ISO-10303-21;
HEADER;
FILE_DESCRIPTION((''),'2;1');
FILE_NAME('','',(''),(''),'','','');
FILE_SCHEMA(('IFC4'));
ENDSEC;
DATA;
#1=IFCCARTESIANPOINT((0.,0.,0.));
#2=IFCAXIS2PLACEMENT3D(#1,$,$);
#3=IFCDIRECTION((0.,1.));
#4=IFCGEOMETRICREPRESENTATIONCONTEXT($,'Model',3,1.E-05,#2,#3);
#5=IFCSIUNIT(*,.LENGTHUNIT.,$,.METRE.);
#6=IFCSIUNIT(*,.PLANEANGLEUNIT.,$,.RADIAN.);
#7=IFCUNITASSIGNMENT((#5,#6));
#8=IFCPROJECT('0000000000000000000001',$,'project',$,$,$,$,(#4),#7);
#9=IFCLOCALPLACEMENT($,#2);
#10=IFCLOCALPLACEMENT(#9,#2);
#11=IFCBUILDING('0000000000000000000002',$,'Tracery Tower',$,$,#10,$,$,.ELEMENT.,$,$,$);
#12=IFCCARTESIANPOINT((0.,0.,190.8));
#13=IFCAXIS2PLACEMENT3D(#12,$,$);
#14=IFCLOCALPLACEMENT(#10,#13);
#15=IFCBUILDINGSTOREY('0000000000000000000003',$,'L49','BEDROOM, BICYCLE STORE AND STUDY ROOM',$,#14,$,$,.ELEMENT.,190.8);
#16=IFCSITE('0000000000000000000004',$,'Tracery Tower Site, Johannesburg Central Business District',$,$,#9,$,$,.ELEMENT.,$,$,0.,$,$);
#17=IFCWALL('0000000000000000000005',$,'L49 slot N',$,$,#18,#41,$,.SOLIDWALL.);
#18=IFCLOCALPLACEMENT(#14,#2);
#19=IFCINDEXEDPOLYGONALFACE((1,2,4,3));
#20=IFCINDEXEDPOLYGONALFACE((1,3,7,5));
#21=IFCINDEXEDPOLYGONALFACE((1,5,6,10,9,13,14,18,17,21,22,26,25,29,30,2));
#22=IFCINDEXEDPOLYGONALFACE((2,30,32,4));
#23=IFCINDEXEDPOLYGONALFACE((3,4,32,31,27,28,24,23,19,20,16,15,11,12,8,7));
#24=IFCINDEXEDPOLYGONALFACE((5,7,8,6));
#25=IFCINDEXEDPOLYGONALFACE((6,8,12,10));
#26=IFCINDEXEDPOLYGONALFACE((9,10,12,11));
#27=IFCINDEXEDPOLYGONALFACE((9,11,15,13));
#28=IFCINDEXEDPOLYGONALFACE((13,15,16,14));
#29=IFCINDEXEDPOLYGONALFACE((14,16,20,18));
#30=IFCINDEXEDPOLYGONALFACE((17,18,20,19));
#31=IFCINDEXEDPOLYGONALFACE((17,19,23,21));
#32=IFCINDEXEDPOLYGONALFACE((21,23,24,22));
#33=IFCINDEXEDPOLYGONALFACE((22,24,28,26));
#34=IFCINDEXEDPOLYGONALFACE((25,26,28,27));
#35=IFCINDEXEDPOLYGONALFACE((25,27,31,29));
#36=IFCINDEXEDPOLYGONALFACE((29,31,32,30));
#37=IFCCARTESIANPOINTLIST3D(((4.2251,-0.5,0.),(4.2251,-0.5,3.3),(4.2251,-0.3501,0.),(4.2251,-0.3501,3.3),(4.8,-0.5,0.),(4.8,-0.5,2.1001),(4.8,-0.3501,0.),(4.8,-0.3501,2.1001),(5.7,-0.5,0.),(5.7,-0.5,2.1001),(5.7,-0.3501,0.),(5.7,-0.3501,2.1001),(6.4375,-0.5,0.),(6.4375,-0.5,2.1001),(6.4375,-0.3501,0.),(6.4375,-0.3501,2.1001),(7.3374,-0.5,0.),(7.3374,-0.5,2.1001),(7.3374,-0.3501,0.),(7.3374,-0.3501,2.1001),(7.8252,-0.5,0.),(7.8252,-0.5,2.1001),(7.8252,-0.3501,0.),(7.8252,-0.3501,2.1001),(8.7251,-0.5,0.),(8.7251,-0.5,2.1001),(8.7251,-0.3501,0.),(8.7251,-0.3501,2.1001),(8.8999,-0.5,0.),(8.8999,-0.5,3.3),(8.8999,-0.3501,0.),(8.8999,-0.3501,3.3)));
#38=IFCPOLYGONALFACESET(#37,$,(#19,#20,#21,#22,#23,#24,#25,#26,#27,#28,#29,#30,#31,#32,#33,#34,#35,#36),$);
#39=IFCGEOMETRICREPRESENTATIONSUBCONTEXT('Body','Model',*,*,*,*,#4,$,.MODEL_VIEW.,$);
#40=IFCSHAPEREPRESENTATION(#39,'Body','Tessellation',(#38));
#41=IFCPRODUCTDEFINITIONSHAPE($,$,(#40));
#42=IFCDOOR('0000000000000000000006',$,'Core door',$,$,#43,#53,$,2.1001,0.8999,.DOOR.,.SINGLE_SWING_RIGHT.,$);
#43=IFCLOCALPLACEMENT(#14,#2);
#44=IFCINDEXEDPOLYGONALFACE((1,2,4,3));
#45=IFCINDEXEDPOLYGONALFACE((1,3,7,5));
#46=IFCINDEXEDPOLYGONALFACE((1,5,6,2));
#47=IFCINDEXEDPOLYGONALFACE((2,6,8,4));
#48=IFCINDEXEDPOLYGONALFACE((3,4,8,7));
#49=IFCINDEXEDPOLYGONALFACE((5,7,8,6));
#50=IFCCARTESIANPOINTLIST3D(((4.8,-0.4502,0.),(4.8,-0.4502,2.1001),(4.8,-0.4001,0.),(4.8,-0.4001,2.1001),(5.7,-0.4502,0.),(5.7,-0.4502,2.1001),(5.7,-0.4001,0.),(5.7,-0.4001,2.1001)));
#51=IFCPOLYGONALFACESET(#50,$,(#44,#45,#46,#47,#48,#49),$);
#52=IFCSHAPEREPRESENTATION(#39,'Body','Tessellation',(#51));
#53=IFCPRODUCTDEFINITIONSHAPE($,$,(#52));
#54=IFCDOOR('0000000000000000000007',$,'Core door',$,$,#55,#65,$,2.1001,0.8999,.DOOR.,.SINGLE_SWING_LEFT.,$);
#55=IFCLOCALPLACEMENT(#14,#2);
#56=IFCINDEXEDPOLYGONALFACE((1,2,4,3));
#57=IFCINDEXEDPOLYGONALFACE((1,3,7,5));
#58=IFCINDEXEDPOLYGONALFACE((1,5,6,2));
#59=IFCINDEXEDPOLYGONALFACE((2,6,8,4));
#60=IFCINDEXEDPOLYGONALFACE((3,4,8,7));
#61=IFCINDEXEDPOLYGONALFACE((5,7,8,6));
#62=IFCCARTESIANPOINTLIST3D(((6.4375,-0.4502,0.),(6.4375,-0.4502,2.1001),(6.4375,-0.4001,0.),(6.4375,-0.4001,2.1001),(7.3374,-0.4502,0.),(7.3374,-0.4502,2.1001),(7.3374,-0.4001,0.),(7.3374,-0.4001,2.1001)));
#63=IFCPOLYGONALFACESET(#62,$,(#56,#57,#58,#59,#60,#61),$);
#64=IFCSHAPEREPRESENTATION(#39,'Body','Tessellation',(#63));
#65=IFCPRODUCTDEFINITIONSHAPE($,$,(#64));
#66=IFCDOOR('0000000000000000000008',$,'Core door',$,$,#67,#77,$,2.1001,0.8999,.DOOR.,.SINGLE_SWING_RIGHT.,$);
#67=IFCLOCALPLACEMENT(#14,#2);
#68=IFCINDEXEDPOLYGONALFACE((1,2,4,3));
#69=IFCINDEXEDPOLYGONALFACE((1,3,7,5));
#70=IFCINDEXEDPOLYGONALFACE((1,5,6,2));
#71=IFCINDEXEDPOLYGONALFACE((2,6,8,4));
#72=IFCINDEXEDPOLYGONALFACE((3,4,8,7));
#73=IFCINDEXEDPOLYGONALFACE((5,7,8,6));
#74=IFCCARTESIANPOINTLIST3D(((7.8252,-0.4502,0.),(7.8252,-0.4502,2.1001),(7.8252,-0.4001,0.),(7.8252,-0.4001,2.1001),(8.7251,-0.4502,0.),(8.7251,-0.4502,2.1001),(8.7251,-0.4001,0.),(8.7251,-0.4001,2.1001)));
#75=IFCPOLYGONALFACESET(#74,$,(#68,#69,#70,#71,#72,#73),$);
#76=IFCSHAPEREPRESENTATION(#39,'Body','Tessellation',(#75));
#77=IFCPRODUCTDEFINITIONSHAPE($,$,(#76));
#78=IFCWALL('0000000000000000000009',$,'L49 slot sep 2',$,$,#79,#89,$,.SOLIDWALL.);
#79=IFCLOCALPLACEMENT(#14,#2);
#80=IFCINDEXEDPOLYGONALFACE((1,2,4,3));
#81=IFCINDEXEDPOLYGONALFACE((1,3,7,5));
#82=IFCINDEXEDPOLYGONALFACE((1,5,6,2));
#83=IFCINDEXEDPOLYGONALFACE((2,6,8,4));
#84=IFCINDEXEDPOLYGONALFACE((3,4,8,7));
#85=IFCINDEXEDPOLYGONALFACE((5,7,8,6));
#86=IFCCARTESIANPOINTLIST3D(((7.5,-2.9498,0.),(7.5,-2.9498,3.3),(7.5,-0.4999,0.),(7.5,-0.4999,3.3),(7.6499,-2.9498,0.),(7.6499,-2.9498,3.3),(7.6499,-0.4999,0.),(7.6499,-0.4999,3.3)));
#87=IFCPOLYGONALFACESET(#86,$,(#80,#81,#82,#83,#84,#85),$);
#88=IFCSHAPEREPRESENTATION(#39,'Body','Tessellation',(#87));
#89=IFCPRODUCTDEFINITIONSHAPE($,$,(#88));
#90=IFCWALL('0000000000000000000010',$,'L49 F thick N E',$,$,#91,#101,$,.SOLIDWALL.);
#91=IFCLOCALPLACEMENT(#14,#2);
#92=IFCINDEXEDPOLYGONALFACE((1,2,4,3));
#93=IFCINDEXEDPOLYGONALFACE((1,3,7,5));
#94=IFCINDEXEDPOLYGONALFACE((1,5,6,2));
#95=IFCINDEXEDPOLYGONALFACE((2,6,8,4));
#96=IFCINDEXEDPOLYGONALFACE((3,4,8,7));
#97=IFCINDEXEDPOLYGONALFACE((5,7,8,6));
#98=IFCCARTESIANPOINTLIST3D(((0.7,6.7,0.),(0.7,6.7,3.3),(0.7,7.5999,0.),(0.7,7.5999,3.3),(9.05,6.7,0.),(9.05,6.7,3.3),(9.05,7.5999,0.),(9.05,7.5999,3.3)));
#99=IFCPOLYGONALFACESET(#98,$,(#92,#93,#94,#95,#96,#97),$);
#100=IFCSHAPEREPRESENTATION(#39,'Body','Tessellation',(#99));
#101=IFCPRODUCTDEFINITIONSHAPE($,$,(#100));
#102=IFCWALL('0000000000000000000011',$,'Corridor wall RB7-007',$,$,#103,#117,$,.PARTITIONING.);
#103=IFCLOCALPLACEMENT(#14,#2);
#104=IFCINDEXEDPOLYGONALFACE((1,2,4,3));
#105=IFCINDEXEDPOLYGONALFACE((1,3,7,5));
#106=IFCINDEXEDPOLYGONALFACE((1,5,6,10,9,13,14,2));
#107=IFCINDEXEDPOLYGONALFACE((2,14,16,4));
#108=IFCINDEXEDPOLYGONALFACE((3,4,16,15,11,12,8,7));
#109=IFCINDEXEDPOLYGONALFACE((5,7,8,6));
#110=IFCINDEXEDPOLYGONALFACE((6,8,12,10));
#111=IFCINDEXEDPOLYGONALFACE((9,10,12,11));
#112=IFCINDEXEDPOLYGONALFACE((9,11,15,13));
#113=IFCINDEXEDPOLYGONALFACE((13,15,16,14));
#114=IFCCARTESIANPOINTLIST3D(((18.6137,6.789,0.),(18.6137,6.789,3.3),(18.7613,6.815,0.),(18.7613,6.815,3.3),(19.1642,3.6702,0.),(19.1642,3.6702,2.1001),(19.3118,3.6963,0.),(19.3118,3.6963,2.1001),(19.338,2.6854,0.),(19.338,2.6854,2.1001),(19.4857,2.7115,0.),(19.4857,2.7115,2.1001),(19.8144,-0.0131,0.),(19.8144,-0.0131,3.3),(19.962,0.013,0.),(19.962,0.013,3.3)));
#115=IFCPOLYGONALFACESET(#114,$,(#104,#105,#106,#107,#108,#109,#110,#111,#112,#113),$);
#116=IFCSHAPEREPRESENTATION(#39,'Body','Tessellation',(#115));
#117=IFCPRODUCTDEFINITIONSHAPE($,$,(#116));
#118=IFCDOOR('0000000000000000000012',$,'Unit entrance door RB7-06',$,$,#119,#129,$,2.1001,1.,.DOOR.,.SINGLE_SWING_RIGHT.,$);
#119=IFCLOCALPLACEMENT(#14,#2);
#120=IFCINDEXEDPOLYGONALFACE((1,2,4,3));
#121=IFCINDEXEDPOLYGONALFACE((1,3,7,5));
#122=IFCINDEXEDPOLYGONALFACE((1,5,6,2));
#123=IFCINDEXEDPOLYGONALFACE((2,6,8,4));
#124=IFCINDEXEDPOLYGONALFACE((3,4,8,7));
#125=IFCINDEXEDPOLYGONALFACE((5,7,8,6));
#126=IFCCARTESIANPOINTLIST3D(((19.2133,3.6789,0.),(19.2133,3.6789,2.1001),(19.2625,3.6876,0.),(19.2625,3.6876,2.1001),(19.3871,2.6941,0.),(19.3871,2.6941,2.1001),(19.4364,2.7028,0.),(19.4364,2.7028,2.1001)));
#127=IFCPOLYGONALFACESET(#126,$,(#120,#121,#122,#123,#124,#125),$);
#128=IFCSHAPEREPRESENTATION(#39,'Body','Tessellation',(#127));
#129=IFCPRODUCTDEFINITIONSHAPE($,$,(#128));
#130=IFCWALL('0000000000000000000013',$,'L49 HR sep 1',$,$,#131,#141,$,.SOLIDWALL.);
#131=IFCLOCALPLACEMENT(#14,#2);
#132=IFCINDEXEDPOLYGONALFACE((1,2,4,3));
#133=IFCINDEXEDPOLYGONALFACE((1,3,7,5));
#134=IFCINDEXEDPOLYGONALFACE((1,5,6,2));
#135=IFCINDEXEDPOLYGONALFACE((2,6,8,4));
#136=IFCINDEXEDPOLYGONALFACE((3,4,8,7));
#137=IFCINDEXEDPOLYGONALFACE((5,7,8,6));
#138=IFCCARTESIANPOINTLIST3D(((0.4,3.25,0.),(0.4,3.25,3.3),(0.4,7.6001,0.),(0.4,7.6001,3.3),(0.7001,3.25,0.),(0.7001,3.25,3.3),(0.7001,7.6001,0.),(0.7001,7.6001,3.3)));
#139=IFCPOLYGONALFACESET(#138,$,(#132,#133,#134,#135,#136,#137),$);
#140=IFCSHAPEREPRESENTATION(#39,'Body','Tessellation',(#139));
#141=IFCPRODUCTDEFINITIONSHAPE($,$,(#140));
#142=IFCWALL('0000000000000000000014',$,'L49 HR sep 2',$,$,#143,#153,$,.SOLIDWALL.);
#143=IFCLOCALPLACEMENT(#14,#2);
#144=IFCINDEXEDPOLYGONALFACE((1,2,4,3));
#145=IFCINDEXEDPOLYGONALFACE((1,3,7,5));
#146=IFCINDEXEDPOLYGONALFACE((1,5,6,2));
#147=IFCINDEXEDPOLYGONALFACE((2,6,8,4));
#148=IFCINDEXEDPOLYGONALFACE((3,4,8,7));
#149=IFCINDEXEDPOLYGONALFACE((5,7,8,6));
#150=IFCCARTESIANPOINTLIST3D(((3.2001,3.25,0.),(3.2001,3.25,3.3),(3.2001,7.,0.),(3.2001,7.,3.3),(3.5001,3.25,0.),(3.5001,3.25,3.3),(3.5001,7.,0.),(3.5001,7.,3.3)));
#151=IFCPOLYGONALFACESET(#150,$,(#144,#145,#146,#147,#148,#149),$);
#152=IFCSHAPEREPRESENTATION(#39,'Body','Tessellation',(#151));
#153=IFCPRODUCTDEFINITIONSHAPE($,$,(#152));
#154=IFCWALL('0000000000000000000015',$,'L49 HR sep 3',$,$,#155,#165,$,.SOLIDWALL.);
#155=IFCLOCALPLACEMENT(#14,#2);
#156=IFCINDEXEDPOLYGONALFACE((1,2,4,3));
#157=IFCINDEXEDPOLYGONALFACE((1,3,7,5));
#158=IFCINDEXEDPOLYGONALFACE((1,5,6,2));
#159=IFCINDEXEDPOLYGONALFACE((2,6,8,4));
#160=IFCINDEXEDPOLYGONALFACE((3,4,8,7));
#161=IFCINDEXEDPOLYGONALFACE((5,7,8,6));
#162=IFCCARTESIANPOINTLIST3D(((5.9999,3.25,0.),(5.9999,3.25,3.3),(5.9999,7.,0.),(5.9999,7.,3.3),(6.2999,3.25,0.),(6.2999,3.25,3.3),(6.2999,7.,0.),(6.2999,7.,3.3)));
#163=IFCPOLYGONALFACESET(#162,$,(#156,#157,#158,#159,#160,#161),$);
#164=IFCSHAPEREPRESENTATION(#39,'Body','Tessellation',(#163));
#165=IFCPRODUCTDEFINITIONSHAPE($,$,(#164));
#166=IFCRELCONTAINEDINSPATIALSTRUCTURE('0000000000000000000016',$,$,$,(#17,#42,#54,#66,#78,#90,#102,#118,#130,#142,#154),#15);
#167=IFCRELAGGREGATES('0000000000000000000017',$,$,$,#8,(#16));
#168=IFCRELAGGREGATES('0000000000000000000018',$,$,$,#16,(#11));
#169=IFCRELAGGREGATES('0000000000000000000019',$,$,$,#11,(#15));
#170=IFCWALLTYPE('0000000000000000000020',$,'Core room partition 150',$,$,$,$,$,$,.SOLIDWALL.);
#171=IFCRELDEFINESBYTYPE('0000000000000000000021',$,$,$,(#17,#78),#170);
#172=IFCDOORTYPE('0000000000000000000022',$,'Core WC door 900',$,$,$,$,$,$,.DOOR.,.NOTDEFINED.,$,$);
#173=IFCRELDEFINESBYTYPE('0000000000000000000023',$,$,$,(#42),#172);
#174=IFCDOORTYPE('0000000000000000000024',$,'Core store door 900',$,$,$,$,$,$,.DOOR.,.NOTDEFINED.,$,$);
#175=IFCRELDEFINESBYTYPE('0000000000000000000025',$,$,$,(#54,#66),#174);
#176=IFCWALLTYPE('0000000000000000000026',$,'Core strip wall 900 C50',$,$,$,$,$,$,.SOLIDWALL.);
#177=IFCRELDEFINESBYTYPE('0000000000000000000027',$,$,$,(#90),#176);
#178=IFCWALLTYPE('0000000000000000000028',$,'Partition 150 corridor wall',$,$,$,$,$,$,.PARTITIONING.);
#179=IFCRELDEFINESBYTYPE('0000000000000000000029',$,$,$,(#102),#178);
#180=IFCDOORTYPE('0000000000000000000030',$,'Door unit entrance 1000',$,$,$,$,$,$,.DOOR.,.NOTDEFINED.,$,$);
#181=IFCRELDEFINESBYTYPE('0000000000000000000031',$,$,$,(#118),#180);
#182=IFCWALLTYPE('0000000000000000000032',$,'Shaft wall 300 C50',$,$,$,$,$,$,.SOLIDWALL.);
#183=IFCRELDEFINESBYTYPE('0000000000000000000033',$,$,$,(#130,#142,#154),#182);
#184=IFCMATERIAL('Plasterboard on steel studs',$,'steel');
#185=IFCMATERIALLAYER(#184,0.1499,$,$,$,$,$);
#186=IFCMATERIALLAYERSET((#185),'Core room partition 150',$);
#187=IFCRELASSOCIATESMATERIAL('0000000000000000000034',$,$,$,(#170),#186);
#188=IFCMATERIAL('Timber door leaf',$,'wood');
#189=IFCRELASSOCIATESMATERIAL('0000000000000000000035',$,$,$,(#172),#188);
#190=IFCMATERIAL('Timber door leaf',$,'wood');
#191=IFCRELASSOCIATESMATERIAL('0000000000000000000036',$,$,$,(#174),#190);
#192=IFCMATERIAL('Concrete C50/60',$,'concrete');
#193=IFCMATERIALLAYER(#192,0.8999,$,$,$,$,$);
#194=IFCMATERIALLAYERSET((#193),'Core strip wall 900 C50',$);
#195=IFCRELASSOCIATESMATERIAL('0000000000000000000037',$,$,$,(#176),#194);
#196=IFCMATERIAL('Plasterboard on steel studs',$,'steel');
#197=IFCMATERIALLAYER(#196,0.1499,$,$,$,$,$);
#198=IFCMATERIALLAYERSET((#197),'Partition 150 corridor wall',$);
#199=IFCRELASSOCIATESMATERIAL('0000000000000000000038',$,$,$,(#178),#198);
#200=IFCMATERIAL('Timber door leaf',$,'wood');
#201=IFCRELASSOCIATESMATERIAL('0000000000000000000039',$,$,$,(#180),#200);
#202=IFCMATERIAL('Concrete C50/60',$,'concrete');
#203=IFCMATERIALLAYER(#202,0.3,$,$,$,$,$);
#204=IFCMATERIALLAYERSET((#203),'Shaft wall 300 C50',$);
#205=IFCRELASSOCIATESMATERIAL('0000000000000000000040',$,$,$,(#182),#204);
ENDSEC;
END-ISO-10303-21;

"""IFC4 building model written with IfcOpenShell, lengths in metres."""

from ifc_helpers import new_model, si_unit, direction, frame, frame_2d, origin, place, context, subcontext, project, spatial, rectangle, extrude, material, layer, layer_set, type_object, element, fill, save


model = new_model("IFC4")

# Units and contexts
model_context = context("Model", 3, precision=1e-05, world=origin(), true_north=direction((0.0, 1.0)))
body_context = subcontext(model_context, "Body", "Model", "MODEL_VIEW")
ifc_project = project(units=[si_unit("LENGTHUNIT", "METRE"), si_unit("PLANEANGLEUNIT", "RADIAN")], contexts=[model_context])

# Site, building, storey
site_placement = place(None, origin())
site = spatial("IfcSite", under=ifc_project, at=site_placement, Name="Tracery Tower Site, Johannesburg Central Business District", CompositionType="ELEMENT", RefElevation=0.0)
building_placement = place(site_placement, origin())
building = spatial("IfcBuilding", under=site, at=building_placement, Name="Tracery Tower", CompositionType="ELEMENT")
storey_placement = place(building_placement, frame((0.0, 0.0, 190.8)))
storey = spatial("IfcBuildingStorey", under=building, at=storey_placement, Name="L49", Description="BEDROOM, BICYCLE STORE AND STUDY ROOM", CompositionType="ELEMENT", Elevation=190.8)

# Wall, openings, doors
ifc_material_1 = material(Name="Plasterboard on steel studs", Category="steel")
ifc_layer_1 = layer(ifc_material_1, 0.1499)
ifc_layer_set_1 = layer_set([ifc_layer_1], Name="Core room partition 150")
wall_type_1 = type_object("IfcWallType", Name="Core room partition 150", PredefinedType="SOLIDWALL", material=ifc_layer_set_1)
wall_1_placement = place(storey_placement, frame((4.2251, -0.425, 0.0), z_axis=(0.0, 0.0, 1.0), x_axis=(1.0, 0.0, 0.0)))
wall_1 = element("IfcWall", 1, at=wall_1_placement, inside=storey, type_object=wall_type_1, Name="L49 slot N", PredefinedType="SOLIDWALL", context=body_context, shape_type="SweptSolid", body=[
    extrude(rectangle(XDim=4.6748, YDim=0.1499, at=frame_2d((2.3374, 0.0))), origin(), (0.0, 0.0, 1.0), 3.3),
])
opening_1_placement = place(wall_1_placement, frame((0.575, 0.0, 0.0)))
opening_1 = element("IfcOpeningElement", 2, at=opening_1_placement, cuts=wall_1, PredefinedType="OPENING", context=body_context, shape_type="SweptSolid", body=[
    extrude(rectangle(XDim=0.8999, YDim=2.1001, at=frame_2d((0.45, 1.05))), frame((0.0, 0.075, 0.0), z_axis=(0.0, -1.0, 0.0), x_axis=(1.0, 0.0, 0.0)), (0.0, 0.0, 1.0), 0.1499),
])
opening_2_placement = place(wall_1_placement, frame((2.2124, 0.0, 0.0)))
opening_2 = element("IfcOpeningElement", 3, at=opening_2_placement, cuts=wall_1, PredefinedType="OPENING", context=body_context, shape_type="SweptSolid", body=[
    extrude(rectangle(XDim=0.8999, YDim=2.1001, at=frame_2d((0.45, 1.05))), frame((0.0, 0.075, 0.0), z_axis=(0.0, -1.0, 0.0), x_axis=(1.0, 0.0, 0.0)), (0.0, 0.0, 1.0), 0.1499),
])
opening_3_placement = place(wall_1_placement, frame((3.6001, 0.0, 0.0)))
opening_3 = element("IfcOpeningElement", 4, at=opening_3_placement, cuts=wall_1, PredefinedType="OPENING", context=body_context, shape_type="SweptSolid", body=[
    extrude(rectangle(XDim=0.8999, YDim=2.1001, at=frame_2d((0.45, 1.05))), frame((0.0, 0.075, 0.0), z_axis=(0.0, -1.0, 0.0), x_axis=(1.0, 0.0, 0.0)), (0.0, 0.0, 1.0), 0.1499),
])
ifc_material_2 = material(Name="Timber door leaf", Category="wood")
door_type_1 = type_object("IfcDoorType", Name="Core WC door 900", OperationType="NOTDEFINED", PredefinedType="DOOR", material=ifc_material_2)
door_1_placement = place(opening_1_placement, origin())
door_1 = element("IfcDoor", 5, at=door_1_placement, inside=storey, type_object=door_type_1, Name="Core door", OperationType="SINGLE_SWING_RIGHT", OverallHeight=2.1001, OverallWidth=0.8999, PredefinedType="DOOR", context=body_context, shape_type="SweptSolid", body=[
    extrude(rectangle(XDim=0.8999, YDim=2.1001, at=frame_2d((0.45, 1.05))), frame((0.0, 0.0249, 0.0), z_axis=(0.0, -1.0, 0.0), x_axis=(1.0, 0.0, 0.0)), (0.0, 0.0, 1.0), 0.05),
])
fill(opening_1, door_1)
ifc_material_3 = material(Name="Timber door leaf", Category="wood")
door_type_2 = type_object("IfcDoorType", Name="Core store door 900", OperationType="NOTDEFINED", PredefinedType="DOOR", material=ifc_material_3)
door_2_placement = place(opening_2_placement, origin())
door_2 = element("IfcDoor", 6, at=door_2_placement, inside=storey, type_object=door_type_2, Name="Core door", OperationType="SINGLE_SWING_LEFT", OverallHeight=2.1001, OverallWidth=0.8999, PredefinedType="DOOR", context=body_context, shape_type="SweptSolid", body=[
    extrude(rectangle(XDim=0.8999, YDim=2.1001, at=frame_2d((0.45, 1.05))), frame((0.0, 0.0249, 0.0), z_axis=(0.0, -1.0, 0.0), x_axis=(1.0, 0.0, 0.0)), (0.0, 0.0, 1.0), 0.05),
])
fill(opening_2, door_2)
door_3_placement = place(opening_3_placement, origin())
door_3 = element("IfcDoor", 7, at=door_3_placement, inside=storey, type_object=door_type_2, Name="Core door", OperationType="SINGLE_SWING_RIGHT", OverallHeight=2.1001, OverallWidth=0.8999, PredefinedType="DOOR", context=body_context, shape_type="SweptSolid", body=[
    extrude(rectangle(XDim=0.8999, YDim=2.1001, at=frame_2d((0.45, 1.05))), frame((0.0, 0.0249, 0.0), z_axis=(0.0, -1.0, 0.0), x_axis=(1.0, 0.0, 0.0)), (0.0, 0.0, 1.0), 0.05),
])
fill(opening_3, door_3)

# Walls
wall_2_placement = place(storey_placement, frame((7.575, -2.95, 0.0), z_axis=(0.0, 0.0, 1.0), x_axis=(0.0, 1.0, 0.0)))
element("IfcWall", 8, at=wall_2_placement, inside=storey, type_object=wall_type_1, Name="L49 slot sep 2", PredefinedType="SOLIDWALL", context=body_context, shape_type="SweptSolid", body=[
    extrude(rectangle(XDim=2.45, YDim=0.1499, at=frame_2d((1.2251, 0.0))), origin(), (0.0, 0.0, 1.0), 3.3),
])
ifc_material_4 = material(Name="Concrete C50/60", Category="concrete")
ifc_layer_2 = layer(ifc_material_4, 0.8999)
ifc_layer_set_2 = layer_set([ifc_layer_2], Name="Core strip wall 900 C50")
wall_type_2 = type_object("IfcWallType", Name="Core strip wall 900 C50", PredefinedType="SOLIDWALL", material=ifc_layer_set_2)
wall_3_placement = place(storey_placement, frame((0.7, 7.1499, 0.0), z_axis=(0.0, 0.0, 1.0), x_axis=(1.0, 0.0, 0.0)))
element("IfcWall", 9, at=wall_3_placement, inside=storey, type_object=wall_type_2, Name="L49 F thick N E", PredefinedType="SOLIDWALL", context=body_context, shape_type="SweptSolid", body=[
    extrude(rectangle(XDim=8.3501, YDim=0.8999, at=frame_2d((4.175, 0.0))), origin(), (0.0, 0.0, 1.0), 3.3),
])

# Wall, opening, door
ifc_material_5 = material(Name="Plasterboard on steel studs", Category="steel")
ifc_layer_3 = layer(ifc_material_5, 0.1499)
ifc_layer_set_3 = layer_set([ifc_layer_3], Name="Partition 150 corridor wall")
wall_type_3 = type_object("IfcWallType", Name="Partition 150 corridor wall", PredefinedType="PARTITIONING", material=ifc_layer_set_3)
wall_4_placement = place(storey_placement, frame((18.6875, 6.802, 0.0), z_axis=(0.0, 0.0, 1.0), x_axis=(0.173832, -0.984775, 0.0)))
wall_4 = element("IfcWall", 10, at=wall_4_placement, inside=storey, type_object=wall_type_3, Name="Corridor wall RB7-007", PredefinedType="PARTITIONING", context=body_context, shape_type="SweptSolid", body=[
    extrude(rectangle(XDim=6.9072, YDim=0.1499, at=frame_2d((3.4536, 0.0))), origin(), (0.0, 0.0, 1.0), 3.3),
])
opening_4_placement = place(wall_4_placement, frame((3.167, 0.0, 0.0)))
opening_4 = element("IfcOpeningElement", 11, at=opening_4_placement, cuts=wall_4, PredefinedType="OPENING", context=body_context, shape_type="SweptSolid", body=[
    extrude(rectangle(XDim=1.0, YDim=2.1001, at=frame_2d((0.5, 1.05))), frame((0.0, 0.075, 0.0), z_axis=(0.0, -1.0, 0.0), x_axis=(1.0, 0.0, 0.0)), (0.0, 0.0, 1.0), 0.1499),
])
ifc_material_6 = material(Name="Timber door leaf", Category="wood")
door_type_3 = type_object("IfcDoorType", Name="Door unit entrance 1000", OperationType="NOTDEFINED", PredefinedType="DOOR", material=ifc_material_6)
door_4_placement = place(opening_4_placement, origin())
door_4 = element("IfcDoor", 12, at=door_4_placement, inside=storey, type_object=door_type_3, Name="Unit entrance door RB7-06", OperationType="SINGLE_SWING_RIGHT", OverallHeight=2.1001, OverallWidth=1.0, PredefinedType="DOOR", context=body_context, shape_type="SweptSolid", body=[
    extrude(rectangle(XDim=1.0, YDim=2.1001, at=frame_2d((0.5, 1.05))), frame((0.0, 0.0249, 0.0), z_axis=(0.0, -1.0, 0.0), x_axis=(1.0, 0.0, 0.0)), (0.0, 0.0, 1.0), 0.05),
])
fill(opening_4, door_4)

# Walls
ifc_material_7 = material(Name="Concrete C50/60", Category="concrete")
ifc_layer_4 = layer(ifc_material_7, 0.3)
ifc_layer_set_4 = layer_set([ifc_layer_4], Name="Shaft wall 300 C50")
wall_type_4 = type_object("IfcWallType", Name="Shaft wall 300 C50", PredefinedType="SOLIDWALL", material=ifc_layer_set_4)
wall_5_placement = place(storey_placement, frame((0.55, 3.25, 0.0), z_axis=(0.0, 0.0, 1.0), x_axis=(0.0, 1.0, 0.0)))
element("IfcWall", 13, at=wall_5_placement, inside=storey, type_object=wall_type_4, Name="L49 HR sep 1", PredefinedType="SOLIDWALL", context=body_context, shape_type="SweptSolid", body=[
    extrude(rectangle(XDim=4.3501, YDim=0.3, at=frame_2d((2.175, 0.0))), origin(), (0.0, 0.0, 1.0), 3.3),
])
for number, where, z_axis, x_axis, name in (
    (14, (3.3501, 3.25, 0.0), (0.0, 0.0, 1.0), (0.0, 1.0, 0.0), "L49 HR sep 2"),
    (15, (6.1499, 3.25, 0.0), (0.0, 0.0, 1.0), (0.0, 1.0, 0.0), "L49 HR sep 3"),
):
    element("IfcWall", number, at=place(storey_placement, frame(where, z_axis=z_axis, x_axis=x_axis)), inside=storey, type_object=wall_type_4, Name=name, PredefinedType="SOLIDWALL", context=body_context, shape_type="SweptSolid", body=[
        extrude(rectangle(XDim=3.75, YDim=0.3, at=frame_2d((1.875, 0.0))), origin(), (0.0, 0.0, 1.0), 3.3),
    ])

save(model, "model.ifc")
